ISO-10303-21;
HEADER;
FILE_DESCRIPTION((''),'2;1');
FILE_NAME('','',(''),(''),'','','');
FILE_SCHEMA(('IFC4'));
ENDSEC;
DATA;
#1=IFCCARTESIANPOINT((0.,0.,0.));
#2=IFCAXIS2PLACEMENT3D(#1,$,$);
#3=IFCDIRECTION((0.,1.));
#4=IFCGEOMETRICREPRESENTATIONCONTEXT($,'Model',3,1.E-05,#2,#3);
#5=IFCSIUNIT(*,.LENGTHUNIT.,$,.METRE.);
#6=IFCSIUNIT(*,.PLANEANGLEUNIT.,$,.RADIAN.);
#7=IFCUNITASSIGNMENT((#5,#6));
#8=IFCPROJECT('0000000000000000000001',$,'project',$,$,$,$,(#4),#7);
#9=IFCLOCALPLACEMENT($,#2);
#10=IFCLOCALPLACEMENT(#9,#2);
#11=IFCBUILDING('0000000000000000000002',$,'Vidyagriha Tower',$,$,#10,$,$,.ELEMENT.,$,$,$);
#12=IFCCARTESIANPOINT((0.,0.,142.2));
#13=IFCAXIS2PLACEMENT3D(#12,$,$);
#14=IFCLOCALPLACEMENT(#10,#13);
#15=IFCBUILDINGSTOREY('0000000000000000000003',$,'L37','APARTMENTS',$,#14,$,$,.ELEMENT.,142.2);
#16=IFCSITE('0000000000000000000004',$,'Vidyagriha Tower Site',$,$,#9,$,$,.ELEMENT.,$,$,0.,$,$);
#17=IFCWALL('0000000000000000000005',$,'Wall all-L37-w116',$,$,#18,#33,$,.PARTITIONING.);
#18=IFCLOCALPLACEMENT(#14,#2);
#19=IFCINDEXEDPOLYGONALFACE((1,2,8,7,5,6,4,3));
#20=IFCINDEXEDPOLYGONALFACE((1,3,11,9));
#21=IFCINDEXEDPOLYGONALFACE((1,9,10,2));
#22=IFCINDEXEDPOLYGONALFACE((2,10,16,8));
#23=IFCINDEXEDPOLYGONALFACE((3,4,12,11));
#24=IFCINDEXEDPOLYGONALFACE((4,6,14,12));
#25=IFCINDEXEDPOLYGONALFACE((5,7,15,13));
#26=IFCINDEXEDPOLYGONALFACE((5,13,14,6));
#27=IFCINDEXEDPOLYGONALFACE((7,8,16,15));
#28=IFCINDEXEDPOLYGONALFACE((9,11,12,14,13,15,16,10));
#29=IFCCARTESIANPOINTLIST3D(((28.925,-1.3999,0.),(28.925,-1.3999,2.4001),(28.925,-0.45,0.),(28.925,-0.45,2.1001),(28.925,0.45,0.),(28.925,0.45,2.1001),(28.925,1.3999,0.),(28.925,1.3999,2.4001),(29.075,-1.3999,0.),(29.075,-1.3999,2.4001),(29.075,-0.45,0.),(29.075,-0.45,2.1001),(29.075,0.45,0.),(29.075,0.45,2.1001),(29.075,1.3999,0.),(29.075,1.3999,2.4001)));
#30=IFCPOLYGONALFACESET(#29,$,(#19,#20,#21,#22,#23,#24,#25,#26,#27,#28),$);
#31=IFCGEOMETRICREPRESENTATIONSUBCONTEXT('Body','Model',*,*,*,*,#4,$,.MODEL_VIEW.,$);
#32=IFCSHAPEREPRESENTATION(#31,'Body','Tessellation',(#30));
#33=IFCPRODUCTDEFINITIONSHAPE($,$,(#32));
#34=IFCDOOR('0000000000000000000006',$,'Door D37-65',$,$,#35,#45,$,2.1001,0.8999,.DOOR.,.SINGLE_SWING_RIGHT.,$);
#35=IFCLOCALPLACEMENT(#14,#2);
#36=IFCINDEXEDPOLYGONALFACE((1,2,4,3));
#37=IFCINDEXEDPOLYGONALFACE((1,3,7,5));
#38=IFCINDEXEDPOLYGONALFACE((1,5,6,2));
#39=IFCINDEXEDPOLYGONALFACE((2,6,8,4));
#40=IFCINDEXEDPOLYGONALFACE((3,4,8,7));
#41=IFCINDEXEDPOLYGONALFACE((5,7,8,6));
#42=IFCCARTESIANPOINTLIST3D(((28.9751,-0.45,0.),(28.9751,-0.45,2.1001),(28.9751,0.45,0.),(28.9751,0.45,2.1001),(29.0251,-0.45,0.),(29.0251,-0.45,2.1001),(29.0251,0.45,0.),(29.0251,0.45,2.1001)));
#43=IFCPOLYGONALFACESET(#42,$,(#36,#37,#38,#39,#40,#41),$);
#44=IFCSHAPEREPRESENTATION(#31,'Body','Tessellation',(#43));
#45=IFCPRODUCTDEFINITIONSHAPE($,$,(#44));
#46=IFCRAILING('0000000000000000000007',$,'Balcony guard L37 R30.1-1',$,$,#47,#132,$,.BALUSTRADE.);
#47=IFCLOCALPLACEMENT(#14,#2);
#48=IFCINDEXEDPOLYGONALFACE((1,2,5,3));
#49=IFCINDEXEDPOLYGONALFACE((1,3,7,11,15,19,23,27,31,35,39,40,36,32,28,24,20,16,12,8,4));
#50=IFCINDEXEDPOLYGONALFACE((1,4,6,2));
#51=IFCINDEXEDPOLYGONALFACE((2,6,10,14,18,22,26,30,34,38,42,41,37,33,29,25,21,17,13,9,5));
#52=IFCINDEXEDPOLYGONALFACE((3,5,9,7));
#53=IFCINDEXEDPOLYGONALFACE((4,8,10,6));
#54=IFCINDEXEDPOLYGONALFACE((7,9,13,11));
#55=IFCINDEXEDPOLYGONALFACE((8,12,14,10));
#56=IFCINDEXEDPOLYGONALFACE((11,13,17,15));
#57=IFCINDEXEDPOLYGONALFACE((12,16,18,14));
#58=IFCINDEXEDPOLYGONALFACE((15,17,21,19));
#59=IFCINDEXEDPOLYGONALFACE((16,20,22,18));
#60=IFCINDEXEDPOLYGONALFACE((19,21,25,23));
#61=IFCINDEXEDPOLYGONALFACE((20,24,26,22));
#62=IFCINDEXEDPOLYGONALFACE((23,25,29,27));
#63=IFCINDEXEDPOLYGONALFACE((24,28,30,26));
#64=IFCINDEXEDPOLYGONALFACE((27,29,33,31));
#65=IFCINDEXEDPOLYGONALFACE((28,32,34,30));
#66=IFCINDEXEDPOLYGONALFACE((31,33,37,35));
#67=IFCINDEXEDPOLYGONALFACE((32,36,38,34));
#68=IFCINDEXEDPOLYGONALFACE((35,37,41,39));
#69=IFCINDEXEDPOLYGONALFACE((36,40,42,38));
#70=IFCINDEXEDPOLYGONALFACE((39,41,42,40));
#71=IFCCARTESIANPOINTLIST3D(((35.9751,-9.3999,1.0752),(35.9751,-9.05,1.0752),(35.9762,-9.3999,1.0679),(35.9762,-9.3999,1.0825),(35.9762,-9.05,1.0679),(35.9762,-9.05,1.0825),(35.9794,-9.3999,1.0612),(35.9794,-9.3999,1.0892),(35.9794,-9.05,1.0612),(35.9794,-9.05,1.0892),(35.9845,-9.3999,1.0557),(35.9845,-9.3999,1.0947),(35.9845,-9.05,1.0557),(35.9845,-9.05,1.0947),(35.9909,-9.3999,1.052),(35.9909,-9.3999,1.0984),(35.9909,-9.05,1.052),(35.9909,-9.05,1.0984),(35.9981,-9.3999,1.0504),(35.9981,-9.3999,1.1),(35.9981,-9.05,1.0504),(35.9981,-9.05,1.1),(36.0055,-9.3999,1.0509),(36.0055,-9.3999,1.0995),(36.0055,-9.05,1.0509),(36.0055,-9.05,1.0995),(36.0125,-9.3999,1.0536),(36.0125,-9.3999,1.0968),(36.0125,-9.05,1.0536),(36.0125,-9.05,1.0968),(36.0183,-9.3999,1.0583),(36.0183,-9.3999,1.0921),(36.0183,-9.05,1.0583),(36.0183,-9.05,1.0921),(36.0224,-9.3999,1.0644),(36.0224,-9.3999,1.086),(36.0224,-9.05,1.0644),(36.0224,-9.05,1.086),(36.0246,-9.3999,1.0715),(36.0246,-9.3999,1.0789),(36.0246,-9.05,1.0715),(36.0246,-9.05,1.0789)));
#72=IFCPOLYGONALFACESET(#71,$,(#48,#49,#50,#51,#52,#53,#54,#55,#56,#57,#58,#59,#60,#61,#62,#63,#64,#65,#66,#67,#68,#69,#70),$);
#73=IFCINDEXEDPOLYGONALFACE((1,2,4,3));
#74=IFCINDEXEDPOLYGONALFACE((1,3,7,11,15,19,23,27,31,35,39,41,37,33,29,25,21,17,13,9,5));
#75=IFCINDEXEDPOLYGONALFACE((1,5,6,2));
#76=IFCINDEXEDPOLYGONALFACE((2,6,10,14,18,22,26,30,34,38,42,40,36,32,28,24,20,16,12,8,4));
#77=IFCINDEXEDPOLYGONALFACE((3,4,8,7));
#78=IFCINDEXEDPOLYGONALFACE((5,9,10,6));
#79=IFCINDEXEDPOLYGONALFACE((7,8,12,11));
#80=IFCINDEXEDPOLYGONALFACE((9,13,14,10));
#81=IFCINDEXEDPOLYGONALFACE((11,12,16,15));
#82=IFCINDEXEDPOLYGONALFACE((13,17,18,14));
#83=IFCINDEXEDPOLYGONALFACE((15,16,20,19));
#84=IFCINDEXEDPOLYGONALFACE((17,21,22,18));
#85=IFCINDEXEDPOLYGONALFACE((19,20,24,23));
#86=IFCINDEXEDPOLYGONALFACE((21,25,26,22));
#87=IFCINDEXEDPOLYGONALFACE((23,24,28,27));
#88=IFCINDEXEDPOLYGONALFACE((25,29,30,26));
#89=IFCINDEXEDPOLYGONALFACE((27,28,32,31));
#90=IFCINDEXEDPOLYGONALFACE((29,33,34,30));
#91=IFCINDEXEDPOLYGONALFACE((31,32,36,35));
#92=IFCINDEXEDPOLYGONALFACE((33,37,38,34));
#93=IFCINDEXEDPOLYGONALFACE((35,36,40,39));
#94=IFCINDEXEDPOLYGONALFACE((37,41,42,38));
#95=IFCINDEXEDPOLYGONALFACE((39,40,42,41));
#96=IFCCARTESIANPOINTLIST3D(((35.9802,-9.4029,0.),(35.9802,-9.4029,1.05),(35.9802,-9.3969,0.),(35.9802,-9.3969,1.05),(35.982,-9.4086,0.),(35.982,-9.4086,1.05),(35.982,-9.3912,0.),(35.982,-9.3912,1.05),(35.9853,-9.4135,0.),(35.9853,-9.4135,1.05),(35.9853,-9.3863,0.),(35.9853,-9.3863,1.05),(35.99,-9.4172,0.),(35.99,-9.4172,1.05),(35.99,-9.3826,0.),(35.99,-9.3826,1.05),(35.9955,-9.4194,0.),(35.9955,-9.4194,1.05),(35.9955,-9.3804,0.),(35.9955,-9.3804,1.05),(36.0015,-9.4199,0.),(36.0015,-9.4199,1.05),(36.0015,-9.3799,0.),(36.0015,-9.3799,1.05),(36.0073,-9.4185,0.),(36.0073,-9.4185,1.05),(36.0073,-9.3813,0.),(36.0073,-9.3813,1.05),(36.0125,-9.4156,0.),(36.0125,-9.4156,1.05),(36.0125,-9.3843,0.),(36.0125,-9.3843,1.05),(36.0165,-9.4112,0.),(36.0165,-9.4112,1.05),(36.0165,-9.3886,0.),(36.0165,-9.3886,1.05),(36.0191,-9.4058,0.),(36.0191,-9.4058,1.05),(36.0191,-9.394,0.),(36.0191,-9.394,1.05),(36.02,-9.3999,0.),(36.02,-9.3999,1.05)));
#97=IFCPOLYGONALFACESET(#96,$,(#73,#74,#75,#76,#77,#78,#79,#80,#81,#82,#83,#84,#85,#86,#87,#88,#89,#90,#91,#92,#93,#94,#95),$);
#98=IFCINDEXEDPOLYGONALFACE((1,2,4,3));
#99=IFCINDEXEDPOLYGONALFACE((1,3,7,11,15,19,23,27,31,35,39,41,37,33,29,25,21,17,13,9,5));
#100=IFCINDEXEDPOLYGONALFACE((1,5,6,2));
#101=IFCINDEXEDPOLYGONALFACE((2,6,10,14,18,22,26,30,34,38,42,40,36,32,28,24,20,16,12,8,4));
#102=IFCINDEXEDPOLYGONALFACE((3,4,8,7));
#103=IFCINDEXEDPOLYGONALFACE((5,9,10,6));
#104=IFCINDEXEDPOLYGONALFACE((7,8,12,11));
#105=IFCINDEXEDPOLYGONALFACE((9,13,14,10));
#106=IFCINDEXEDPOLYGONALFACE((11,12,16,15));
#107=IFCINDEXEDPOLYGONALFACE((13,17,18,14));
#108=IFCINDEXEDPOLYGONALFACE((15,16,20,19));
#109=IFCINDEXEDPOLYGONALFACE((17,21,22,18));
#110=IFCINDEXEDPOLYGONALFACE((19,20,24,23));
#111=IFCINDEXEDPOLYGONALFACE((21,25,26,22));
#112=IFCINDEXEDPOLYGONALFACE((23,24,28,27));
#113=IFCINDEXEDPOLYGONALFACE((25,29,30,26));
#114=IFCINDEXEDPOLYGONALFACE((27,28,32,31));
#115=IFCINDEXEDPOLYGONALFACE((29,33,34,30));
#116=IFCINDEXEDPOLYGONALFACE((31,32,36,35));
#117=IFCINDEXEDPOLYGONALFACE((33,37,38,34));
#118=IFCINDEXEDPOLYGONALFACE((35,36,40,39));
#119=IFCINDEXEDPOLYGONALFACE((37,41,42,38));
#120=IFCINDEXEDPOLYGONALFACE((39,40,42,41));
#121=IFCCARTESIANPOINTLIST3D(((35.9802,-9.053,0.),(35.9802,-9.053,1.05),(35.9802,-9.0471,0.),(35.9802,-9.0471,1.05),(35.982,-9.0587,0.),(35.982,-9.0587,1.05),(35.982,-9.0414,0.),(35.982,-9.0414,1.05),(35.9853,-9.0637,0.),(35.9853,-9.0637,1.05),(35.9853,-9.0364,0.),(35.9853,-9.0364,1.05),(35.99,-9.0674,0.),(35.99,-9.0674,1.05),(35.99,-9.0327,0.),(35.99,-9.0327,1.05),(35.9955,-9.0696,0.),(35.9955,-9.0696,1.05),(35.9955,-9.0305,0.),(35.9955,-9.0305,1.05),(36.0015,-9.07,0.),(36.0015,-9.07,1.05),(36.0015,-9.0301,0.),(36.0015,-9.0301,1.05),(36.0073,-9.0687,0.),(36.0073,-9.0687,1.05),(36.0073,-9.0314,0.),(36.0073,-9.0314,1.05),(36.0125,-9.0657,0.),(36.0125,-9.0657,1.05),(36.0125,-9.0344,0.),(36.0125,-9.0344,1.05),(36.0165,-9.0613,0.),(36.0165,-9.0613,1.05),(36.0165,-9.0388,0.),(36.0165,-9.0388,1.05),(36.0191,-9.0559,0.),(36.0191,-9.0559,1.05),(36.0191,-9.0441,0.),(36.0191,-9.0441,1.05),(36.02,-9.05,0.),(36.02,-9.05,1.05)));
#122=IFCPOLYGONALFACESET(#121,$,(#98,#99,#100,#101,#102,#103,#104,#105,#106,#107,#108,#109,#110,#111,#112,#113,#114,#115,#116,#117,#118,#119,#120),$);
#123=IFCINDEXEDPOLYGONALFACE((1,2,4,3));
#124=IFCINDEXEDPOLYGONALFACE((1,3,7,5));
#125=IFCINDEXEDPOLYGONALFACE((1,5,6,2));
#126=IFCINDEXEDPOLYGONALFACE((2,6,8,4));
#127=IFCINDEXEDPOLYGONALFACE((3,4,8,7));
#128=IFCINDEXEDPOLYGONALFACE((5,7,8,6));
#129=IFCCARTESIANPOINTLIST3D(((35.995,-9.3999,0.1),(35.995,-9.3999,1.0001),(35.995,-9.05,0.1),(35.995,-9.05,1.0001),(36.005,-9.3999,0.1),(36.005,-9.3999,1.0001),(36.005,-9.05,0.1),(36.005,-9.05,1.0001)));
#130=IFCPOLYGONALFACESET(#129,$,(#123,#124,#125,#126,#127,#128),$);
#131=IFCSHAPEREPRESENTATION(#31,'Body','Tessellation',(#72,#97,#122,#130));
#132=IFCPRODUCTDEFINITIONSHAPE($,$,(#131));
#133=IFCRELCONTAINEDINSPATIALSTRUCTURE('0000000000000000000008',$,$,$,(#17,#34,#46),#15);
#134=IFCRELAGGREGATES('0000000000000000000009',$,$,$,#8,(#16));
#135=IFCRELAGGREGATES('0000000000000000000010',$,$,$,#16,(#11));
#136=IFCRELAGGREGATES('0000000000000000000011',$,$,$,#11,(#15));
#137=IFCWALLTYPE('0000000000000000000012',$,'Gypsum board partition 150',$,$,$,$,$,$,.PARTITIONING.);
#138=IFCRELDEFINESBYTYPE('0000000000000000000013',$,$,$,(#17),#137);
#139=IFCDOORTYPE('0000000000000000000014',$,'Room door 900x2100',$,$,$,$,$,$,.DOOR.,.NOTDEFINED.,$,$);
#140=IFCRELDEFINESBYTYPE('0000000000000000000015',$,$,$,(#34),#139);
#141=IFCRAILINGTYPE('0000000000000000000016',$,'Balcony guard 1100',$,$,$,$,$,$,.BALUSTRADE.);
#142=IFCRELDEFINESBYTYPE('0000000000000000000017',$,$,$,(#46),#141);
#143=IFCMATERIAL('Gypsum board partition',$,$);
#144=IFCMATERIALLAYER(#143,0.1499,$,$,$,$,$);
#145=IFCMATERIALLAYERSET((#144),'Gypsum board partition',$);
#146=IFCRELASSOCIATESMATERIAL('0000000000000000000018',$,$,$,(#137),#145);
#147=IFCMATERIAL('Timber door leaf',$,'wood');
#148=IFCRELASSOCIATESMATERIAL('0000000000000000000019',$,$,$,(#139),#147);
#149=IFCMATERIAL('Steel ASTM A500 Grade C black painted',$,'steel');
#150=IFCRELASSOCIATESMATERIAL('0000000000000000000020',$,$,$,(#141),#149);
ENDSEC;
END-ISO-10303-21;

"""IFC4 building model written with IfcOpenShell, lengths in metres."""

from ifc_helpers import new_model, si_unit, direction, frame, frame_2d, origin, origin_2d, place, context, subcontext, project, spatial, rectangle, circle, extrude, material, layer, layer_set, type_object, element, fill, save


model = new_model("IFC4")

# Units and contexts
model_context = context("Model", 3, precision=1e-05, world=origin(), true_north=direction((0.0, 1.0)))
body_context = subcontext(model_context, "Body", "Model", "MODEL_VIEW")
ifc_project = project(units=[si_unit("LENGTHUNIT", "METRE"), si_unit("PLANEANGLEUNIT", "RADIAN")], contexts=[model_context])

# Site, building, storey
site_placement = place(None, origin())
site = spatial("IfcSite", under=ifc_project, at=site_placement, Name="Vidyagriha Tower Site", CompositionType="ELEMENT", RefElevation=0.0)
building_placement = place(site_placement, origin())
building = spatial("IfcBuilding", under=site, at=building_placement, Name="Vidyagriha Tower", CompositionType="ELEMENT")
storey_placement = place(building_placement, frame((0.0, 0.0, 142.2)))
storey = spatial("IfcBuildingStorey", under=building, at=storey_placement, Name="L37", Description="APARTMENTS", CompositionType="ELEMENT", Elevation=142.2)

# Shared definitions
ifc_material_1 = material(Name="Gypsum board partition")
ifc_layer_1 = layer(ifc_material_1, 0.1499)
ifc_layer_set_1 = layer_set([ifc_layer_1], Name="Gypsum board partition")
wall_type_1 = type_object("IfcWallType", Name="Gypsum board partition 150", PredefinedType="PARTITIONING", material=ifc_layer_set_1)

# Shared definitions
ifc_material_2 = material(Name="Timber door leaf", Category="wood")
door_type_1 = type_object("IfcDoorType", Name="Room door 900x2100", OperationType="NOTDEFINED", PredefinedType="DOOR", material=ifc_material_2)

# Wall, opening, door
wall_1_placement = place(storey_placement, frame((29.0, -1.3999, 0.0), z_axis=(0.0, 0.0, 1.0), x_axis=(0.0, 1.0, 0.0)))
wall_1 = element("IfcWall", 1, at=wall_1_placement, inside=storey, type_object=wall_type_1, Name="Wall all-L37-w116", PredefinedType="PARTITIONING", context=body_context, shape_type="SweptSolid", body=[
    extrude(rectangle(XDim=2.7998, YDim=0.1499, at=frame_2d((1.3999, 0.0))), origin(), (0.0, 0.0, 1.0), 2.4001),
])
opening_1_placement = place(wall_1_placement, frame((0.95, 0.0, 0.0)))
opening_1 = element("IfcOpeningElement", 2, at=opening_1_placement, cuts=wall_1, PredefinedType="OPENING", context=body_context, shape_type="SweptSolid", body=[
    extrude(rectangle(XDim=0.8999, YDim=2.1001, at=frame_2d((0.45, 1.05))), frame((0.0, 0.085, 0.0), z_axis=(0.0, -1.0, 0.0), x_axis=(1.0, 0.0, 0.0)), (0.0, 0.0, 1.0), 0.1699),
])
door_1_placement = place(opening_1_placement, origin())
door_1 = element("IfcDoor", 3, at=door_1_placement, inside=storey, type_object=door_type_1, Name="Door D37-65", OperationType="SINGLE_SWING_RIGHT", OverallHeight=2.1001, OverallWidth=0.8999, PredefinedType="DOOR", context=body_context, shape_type="SweptSolid", body=[
    extrude(rectangle(XDim=0.8999, YDim=2.1001, at=frame_2d((0.45, 1.05))), frame((0.0, 0.0249, 0.0), z_axis=(0.0, -1.0, 0.0), x_axis=(1.0, 0.0, 0.0)), (0.0, 0.0, 1.0), 0.05),
])
fill(opening_1, door_1)

# Railing
ifc_material_3 = material(Name="Steel ASTM A500 Grade C black painted", Category="steel")
railing_type = type_object("IfcRailingType", Name="Balcony guard 1100", PredefinedType="BALUSTRADE", material=ifc_material_3)
railing_1_placement = place(storey_placement, frame((36.0, -9.3999, 0.0)))
element("IfcRailing", 4, at=railing_1_placement, inside=storey, type_object=railing_type, Name="Balcony guard L37 R30.1-1", PredefinedType="BALUSTRADE", context=body_context, shape_type="SweptSolid", body=[
    extrude(circle(Radius=0.0249, at=origin_2d()), frame((0.0, 0.0, 1.0752), z_axis=(0.0, 1.0, 0.0), x_axis=(-1.0, 0.0, 0.0)), (0.0, 0.0, 1.0), 0.3499),
    extrude(circle(Radius=0.02, at=origin_2d()), origin(), (0.0, 0.0, 1.0), 1.05),
    extrude(circle(Radius=0.02, at=origin_2d()), frame((0.0, 0.3499, 0.0)), (0.0, 0.0, 1.0), 1.05),
    extrude(rectangle(XDim=0.01, YDim=0.9001, at=origin_2d()), frame((0.0, 0.0, 0.55), z_axis=(0.0, 1.0, 0.0), x_axis=(-1.0, 0.0, 0.0)), (0.0, 0.0, 1.0), 0.3499),
])

save(model, "model.ifc")
